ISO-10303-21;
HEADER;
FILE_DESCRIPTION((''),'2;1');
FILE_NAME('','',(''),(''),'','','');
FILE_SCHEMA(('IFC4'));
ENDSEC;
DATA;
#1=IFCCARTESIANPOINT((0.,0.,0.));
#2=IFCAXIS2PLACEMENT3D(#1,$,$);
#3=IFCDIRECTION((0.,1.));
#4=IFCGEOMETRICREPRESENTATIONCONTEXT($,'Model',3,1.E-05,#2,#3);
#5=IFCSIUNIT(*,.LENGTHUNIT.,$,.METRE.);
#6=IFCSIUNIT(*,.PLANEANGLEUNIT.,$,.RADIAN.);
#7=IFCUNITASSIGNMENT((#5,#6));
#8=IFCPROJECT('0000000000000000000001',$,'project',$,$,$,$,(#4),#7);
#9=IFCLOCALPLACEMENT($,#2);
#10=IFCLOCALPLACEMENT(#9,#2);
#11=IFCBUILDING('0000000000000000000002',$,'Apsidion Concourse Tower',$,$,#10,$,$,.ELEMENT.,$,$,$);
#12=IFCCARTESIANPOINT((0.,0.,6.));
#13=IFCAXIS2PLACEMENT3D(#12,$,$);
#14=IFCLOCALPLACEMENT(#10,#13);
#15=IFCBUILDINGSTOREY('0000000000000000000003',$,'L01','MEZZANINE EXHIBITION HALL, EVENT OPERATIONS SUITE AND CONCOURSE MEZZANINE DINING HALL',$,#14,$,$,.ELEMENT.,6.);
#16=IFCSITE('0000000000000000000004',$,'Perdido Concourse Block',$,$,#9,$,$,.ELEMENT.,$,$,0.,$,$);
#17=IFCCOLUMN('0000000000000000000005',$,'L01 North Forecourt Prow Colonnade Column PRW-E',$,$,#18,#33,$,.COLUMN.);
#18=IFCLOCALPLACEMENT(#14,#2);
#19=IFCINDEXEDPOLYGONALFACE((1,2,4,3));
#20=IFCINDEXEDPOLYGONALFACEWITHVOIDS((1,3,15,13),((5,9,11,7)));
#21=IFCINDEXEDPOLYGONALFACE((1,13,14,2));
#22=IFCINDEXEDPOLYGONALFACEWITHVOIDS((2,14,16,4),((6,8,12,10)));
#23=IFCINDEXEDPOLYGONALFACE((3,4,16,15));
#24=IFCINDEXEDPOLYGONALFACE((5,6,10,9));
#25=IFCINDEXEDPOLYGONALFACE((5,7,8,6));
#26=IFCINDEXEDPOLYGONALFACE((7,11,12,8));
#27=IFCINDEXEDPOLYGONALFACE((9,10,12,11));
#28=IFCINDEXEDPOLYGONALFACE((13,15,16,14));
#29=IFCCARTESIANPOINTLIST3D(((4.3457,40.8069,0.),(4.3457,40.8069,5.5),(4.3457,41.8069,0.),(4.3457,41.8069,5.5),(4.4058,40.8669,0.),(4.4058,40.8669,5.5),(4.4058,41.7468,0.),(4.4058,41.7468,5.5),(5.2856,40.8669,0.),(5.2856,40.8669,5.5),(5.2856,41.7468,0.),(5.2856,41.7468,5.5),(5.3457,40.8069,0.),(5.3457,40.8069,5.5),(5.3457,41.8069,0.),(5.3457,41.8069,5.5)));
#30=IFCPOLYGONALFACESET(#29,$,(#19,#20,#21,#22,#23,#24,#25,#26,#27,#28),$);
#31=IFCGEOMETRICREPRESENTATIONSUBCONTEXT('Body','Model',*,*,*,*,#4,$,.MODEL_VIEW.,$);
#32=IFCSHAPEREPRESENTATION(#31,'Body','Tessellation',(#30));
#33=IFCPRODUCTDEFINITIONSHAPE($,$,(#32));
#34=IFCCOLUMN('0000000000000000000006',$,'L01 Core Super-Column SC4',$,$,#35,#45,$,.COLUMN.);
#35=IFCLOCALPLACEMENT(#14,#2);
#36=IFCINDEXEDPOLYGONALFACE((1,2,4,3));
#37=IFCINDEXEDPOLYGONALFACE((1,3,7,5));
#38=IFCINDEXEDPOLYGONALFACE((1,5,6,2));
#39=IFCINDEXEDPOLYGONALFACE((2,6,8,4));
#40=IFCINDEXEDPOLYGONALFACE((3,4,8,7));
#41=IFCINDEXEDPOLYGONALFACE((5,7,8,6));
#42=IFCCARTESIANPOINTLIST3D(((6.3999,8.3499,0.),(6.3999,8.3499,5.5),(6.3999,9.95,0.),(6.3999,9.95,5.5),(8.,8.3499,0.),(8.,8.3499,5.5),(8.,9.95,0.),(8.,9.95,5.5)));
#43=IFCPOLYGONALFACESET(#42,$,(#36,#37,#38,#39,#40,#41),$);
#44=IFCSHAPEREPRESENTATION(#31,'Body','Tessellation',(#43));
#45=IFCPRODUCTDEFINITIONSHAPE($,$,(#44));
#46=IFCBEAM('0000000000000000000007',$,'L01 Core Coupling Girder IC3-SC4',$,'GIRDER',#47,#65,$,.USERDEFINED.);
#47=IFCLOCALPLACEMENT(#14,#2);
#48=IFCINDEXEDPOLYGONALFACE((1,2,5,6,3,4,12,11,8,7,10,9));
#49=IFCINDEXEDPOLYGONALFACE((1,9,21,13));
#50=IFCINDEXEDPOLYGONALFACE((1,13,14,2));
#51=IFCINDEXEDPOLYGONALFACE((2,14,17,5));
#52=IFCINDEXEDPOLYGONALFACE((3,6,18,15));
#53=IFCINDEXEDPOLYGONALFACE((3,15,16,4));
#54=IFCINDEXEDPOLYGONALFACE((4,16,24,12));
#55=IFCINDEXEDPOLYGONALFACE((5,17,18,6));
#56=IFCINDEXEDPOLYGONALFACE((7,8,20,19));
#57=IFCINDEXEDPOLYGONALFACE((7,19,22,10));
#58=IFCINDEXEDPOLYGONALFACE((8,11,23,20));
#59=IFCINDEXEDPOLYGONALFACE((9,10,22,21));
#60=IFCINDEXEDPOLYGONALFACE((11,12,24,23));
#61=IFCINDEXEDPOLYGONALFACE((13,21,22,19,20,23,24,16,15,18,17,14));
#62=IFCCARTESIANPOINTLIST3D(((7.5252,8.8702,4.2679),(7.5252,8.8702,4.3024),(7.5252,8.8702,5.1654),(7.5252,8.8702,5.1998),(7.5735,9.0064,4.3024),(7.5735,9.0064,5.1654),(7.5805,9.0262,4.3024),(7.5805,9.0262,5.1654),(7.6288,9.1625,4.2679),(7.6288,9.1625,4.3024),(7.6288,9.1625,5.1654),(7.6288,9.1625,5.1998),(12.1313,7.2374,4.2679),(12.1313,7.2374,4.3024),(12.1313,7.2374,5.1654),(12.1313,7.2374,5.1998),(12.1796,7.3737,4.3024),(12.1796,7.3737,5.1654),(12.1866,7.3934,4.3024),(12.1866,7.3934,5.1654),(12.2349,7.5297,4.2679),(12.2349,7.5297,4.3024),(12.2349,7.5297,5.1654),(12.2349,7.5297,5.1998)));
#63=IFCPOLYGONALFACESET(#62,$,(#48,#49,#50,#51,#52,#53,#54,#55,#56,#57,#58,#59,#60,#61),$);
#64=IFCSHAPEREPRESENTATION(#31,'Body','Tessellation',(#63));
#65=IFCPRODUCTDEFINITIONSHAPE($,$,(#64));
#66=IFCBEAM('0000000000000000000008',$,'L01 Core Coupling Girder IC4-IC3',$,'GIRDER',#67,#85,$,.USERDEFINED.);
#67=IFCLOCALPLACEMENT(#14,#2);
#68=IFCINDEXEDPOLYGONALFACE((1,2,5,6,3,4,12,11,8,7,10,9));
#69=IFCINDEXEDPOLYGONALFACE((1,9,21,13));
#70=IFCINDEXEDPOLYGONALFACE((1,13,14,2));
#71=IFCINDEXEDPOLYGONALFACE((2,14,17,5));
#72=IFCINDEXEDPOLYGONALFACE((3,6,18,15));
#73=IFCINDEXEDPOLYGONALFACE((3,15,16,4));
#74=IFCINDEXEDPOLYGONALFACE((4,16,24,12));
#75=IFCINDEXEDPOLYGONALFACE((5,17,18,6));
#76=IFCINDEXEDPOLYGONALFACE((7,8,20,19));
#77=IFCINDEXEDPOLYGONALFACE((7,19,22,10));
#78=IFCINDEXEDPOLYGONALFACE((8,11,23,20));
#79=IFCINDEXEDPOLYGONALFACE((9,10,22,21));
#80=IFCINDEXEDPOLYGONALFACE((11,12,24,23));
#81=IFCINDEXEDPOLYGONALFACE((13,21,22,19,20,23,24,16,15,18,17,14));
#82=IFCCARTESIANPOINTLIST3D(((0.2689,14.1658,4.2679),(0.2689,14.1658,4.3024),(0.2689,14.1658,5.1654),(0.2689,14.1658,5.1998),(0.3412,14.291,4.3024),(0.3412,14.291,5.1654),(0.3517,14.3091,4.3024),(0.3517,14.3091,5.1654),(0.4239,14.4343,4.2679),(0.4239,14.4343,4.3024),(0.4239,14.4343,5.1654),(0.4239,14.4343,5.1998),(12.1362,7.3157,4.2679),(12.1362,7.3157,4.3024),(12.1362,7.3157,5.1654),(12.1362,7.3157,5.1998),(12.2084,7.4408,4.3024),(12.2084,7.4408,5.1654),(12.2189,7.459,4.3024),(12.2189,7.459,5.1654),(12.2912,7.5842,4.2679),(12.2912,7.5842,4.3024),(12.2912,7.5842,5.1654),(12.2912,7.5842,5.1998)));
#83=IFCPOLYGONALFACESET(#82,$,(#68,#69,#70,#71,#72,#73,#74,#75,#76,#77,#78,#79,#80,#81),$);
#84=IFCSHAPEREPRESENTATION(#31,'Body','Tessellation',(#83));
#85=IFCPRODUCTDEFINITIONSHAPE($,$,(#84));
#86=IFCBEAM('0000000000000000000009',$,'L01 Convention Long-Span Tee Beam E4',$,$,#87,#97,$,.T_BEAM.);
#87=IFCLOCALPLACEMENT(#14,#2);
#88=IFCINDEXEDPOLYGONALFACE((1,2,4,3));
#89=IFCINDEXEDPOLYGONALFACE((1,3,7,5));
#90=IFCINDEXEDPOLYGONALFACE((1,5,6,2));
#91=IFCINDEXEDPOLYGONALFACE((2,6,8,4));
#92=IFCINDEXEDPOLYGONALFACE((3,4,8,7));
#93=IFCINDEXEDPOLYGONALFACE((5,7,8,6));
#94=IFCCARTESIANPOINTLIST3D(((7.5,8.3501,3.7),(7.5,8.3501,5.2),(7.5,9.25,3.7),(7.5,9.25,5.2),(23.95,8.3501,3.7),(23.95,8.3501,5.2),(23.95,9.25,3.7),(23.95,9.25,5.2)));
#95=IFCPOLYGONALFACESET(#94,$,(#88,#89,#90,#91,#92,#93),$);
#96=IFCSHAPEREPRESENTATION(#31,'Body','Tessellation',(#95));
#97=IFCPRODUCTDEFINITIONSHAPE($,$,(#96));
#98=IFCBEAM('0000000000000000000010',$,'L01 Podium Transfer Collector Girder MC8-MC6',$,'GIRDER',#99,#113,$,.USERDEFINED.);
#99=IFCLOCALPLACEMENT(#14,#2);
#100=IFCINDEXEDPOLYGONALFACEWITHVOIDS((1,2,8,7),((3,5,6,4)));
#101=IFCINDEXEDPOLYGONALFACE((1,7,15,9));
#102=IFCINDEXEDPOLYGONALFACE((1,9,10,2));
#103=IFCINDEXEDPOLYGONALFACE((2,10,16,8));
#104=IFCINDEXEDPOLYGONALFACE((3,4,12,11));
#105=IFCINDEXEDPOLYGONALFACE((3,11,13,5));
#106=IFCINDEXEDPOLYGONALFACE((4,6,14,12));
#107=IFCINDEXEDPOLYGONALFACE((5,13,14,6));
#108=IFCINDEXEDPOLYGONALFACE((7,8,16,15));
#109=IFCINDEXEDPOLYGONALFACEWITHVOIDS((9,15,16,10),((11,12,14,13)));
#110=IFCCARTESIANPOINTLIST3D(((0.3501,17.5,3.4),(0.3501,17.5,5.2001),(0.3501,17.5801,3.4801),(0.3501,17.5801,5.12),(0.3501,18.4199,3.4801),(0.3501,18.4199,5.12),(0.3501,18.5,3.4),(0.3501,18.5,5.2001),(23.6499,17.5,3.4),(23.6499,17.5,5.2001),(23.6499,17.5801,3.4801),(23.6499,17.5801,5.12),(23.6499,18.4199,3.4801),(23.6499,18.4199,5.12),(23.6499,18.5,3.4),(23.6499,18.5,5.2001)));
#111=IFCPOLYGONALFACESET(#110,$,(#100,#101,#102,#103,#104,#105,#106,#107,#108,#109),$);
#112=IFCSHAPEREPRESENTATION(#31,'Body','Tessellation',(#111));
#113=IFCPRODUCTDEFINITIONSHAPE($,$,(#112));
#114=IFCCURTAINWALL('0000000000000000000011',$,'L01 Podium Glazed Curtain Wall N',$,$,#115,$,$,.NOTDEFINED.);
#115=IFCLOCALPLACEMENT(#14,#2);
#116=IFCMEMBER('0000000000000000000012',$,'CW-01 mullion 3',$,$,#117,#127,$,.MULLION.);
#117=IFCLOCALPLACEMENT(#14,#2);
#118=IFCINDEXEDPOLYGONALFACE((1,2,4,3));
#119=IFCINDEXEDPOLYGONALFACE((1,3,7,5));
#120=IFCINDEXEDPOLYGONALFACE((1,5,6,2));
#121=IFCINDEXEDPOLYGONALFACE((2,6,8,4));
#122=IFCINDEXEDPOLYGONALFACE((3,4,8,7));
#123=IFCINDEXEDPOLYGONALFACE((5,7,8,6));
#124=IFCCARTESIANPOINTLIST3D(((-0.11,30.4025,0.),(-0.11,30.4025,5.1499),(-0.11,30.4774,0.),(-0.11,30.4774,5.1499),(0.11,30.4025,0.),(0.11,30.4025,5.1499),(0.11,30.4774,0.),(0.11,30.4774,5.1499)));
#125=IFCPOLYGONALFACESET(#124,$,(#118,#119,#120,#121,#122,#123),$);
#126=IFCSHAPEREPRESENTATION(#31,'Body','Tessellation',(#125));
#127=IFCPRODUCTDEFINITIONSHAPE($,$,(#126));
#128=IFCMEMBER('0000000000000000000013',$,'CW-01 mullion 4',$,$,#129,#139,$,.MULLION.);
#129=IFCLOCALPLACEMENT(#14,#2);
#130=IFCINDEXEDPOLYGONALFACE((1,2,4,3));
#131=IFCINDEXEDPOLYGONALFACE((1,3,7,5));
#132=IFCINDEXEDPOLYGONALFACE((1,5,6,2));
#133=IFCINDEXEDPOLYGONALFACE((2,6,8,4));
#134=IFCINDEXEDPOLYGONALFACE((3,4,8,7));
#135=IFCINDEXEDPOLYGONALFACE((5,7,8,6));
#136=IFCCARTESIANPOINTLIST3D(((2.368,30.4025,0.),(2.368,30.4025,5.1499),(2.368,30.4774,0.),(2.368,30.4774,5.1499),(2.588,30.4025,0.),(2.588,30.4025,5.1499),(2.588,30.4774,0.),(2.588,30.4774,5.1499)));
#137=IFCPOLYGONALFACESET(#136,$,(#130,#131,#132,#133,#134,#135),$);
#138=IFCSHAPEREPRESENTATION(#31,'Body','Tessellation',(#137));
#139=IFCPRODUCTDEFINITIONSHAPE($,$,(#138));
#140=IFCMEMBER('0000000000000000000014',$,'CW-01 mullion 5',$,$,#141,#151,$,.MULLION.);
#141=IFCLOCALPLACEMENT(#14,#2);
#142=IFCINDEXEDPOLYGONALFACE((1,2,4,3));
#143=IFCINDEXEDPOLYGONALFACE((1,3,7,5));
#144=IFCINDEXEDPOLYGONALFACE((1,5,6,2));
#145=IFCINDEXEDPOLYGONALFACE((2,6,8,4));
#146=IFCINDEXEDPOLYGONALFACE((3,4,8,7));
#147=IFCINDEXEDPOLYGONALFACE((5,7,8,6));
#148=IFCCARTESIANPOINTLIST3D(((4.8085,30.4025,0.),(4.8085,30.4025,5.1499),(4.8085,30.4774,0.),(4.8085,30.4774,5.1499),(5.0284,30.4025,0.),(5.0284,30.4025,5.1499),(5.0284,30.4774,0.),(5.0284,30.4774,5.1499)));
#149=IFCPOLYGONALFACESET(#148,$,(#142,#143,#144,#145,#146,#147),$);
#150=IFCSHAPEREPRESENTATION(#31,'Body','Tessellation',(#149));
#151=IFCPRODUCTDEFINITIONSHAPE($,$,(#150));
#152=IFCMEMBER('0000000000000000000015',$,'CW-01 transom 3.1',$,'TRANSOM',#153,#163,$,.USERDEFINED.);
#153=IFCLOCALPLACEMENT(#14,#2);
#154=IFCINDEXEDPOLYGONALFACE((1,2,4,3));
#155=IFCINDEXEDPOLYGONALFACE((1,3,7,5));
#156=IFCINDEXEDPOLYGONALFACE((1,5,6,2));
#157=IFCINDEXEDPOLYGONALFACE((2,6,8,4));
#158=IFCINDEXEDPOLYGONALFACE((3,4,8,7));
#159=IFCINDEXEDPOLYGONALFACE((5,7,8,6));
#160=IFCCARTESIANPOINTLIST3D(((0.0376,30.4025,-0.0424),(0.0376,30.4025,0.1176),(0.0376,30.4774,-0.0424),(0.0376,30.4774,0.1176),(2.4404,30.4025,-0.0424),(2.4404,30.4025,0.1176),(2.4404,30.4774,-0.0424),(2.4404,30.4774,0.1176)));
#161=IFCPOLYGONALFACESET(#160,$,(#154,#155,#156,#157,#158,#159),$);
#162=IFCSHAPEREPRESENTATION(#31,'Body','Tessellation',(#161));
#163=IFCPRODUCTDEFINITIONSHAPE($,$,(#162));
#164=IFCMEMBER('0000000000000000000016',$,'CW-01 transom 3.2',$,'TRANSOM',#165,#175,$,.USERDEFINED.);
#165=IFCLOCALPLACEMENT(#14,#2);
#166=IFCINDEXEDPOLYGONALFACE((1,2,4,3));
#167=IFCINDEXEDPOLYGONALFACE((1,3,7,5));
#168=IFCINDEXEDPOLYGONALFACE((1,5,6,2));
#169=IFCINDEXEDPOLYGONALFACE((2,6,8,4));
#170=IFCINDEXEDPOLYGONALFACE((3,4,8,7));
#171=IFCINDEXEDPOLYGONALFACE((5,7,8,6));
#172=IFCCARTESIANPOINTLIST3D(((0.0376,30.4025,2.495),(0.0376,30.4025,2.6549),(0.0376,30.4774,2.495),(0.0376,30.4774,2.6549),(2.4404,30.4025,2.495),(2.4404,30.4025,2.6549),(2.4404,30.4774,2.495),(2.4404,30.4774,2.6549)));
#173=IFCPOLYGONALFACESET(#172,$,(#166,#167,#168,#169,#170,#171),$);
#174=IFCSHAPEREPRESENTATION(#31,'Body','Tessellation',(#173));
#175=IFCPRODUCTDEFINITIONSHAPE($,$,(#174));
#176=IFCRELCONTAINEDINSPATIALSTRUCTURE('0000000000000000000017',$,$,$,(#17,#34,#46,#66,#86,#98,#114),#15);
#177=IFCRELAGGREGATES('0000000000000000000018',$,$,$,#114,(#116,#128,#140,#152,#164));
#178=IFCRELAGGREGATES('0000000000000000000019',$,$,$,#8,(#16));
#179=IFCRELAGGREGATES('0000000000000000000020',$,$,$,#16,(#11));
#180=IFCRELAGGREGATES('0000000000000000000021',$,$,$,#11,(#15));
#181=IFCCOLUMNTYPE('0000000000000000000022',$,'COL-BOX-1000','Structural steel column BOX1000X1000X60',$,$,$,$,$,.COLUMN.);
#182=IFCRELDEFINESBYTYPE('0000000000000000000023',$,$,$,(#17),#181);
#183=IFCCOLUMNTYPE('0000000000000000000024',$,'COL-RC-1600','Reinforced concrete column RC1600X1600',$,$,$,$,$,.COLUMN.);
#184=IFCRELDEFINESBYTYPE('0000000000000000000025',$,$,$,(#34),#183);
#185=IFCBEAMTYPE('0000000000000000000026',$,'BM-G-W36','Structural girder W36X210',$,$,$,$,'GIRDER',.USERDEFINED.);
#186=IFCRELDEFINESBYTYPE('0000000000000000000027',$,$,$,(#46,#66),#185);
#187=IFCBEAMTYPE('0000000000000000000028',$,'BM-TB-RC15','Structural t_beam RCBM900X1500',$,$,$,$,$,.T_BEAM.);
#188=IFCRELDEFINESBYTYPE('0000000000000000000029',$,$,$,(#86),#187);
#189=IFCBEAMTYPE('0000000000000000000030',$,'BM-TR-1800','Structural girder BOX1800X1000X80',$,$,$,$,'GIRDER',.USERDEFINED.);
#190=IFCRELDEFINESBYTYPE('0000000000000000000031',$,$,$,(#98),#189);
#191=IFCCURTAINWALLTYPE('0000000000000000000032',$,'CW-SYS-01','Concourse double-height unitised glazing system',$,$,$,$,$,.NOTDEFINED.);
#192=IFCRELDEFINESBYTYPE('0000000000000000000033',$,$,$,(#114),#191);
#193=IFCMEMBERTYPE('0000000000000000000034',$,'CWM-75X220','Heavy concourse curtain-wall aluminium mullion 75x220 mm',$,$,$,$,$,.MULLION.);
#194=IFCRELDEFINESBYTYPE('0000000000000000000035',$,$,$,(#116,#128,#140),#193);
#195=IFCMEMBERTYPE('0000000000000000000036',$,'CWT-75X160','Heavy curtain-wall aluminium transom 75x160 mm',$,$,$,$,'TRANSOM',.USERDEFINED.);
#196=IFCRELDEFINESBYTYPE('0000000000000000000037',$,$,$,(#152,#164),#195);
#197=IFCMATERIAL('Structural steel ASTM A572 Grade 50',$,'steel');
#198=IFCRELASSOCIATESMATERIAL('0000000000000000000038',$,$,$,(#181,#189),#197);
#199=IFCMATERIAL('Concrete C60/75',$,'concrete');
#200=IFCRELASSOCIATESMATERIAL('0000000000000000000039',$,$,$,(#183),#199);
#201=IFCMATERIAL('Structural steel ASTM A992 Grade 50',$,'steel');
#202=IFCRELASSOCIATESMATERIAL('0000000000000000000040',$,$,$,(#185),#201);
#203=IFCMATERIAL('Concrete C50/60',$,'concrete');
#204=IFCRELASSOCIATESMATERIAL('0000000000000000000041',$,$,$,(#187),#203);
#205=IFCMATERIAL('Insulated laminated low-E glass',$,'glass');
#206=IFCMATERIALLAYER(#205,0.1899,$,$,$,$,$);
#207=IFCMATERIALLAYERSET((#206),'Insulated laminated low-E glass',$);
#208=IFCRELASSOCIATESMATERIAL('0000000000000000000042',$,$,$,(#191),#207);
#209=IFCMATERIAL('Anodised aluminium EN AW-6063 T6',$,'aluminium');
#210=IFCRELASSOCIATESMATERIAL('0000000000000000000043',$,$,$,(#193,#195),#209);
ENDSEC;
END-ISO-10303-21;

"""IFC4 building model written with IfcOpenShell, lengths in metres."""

from ifc_helpers import new_model, si_unit, direction, frame, origin, origin_2d, place, context, subcontext, project, spatial, rectangle, hollow_rectangle, i_section, extrude, material, layer, layer_set, material_profile, profile_set, type_object, element, aggregate, save


model = new_model("IFC4")

# Units and contexts
model_context = context("Model", 3, precision=1e-05, world=origin(), true_north=direction((0.0, 1.0)))
body_context = subcontext(model_context, "Body", "Model", "MODEL_VIEW")
ifc_project = project(units=[si_unit("LENGTHUNIT", "METRE"), si_unit("PLANEANGLEUNIT", "RADIAN")], contexts=[model_context])

# Site, building, storey
site_placement = place(None, origin())
site = spatial("IfcSite", under=ifc_project, at=site_placement, Name="Perdido Concourse Block", CompositionType="ELEMENT", RefElevation=0.0)
building_placement = place(site_placement, origin())
building = spatial("IfcBuilding", under=site, at=building_placement, Name="Apsidion Concourse Tower", CompositionType="ELEMENT")
storey_placement = place(building_placement, frame((0.0, 0.0, 6.0)))
storey = spatial("IfcBuildingStorey", under=building, at=storey_placement, Name="L01", Description="MEZZANINE EXHIBITION HALL, EVENT OPERATIONS SUITE AND CONCOURSE MEZZANINE DINING HALL", CompositionType="ELEMENT", Elevation=6.0)

# Columns
ifc_material_1 = material(Name="Structural steel ASTM A572 Grade 50", Category="steel")
ifc_material_profile_1 = material_profile(ifc_material_1, hollow_rectangle(XDim=1.0, YDim=1.0, WallThickness=0.0601, at=origin_2d()), Name="BOX1000X1000X60")
ifc_profile_set_1 = profile_set([ifc_material_profile_1], Name="Structural steel ASTM A572 Grade 50")
column_type_1 = type_object("IfcColumnType", Name="COL-BOX-1000", Description="Structural steel column BOX1000X1000X60", PredefinedType="COLUMN", material=ifc_profile_set_1)
column_1_placement = place(storey_placement, frame((4.8457, 41.3069, 0.0), z_axis=(0.0, 0.0, 1.0), x_axis=(1.0, 0.0, 0.0)))
element("IfcColumn", 1, at=column_1_placement, inside=storey, type_object=column_type_1, Name="L01 North Forecourt Prow Colonnade Column PRW-E", PredefinedType="COLUMN", context=body_context, shape_type="SweptSolid", body=[
    extrude(hollow_rectangle(XDim=1.0, YDim=1.0, WallThickness=0.0601, at=origin_2d()), origin(), (0.0, 0.0, 1.0), 5.5),
])
ifc_material_2 = material(Name="Concrete C60/75", Category="concrete")
ifc_material_profile_2 = material_profile(ifc_material_2, rectangle(XDim=1.6001, YDim=1.6001, at=origin_2d()), Name="RC 1600x1600")
ifc_profile_set_2 = profile_set([ifc_material_profile_2], Name="Concrete C60/75")
column_type_2 = type_object("IfcColumnType", Name="COL-RC-1600", Description="Reinforced concrete column RC1600X1600", PredefinedType="COLUMN", material=ifc_profile_set_2)
column_2_placement = place(storey_placement, frame((7.2, 9.1499, 0.0), z_axis=(0.0, 0.0, 1.0), x_axis=(1.0, 0.0, 0.0)))
element("IfcColumn", 2, at=column_2_placement, inside=storey, type_object=column_type_2, Name="L01 Core Super-Column SC4", PredefinedType="COLUMN", context=body_context, shape_type="SweptSolid", body=[
    extrude(rectangle(XDim=1.6001, YDim=1.6001, at=origin_2d()), origin(), (0.0, 0.0, 1.0), 5.5),
])

# Beams
ifc_material_3 = material(Name="Structural steel ASTM A992 Grade 50", Category="steel")
ifc_material_profile_3 = material_profile(ifc_material_3, i_section(OverallWidth=0.3101, OverallDepth=0.9319, WebThickness=0.021, FlangeThickness=0.0344, at=origin_2d()), Name="W36X210")
ifc_profile_set_3 = profile_set([ifc_material_profile_3], Name="Structural steel ASTM A992 Grade 50")
beam_type_1 = type_object("IfcBeamType", Name="BM-G-W36", Description="Structural girder W36X210", ElementType="GIRDER", PredefinedType="USERDEFINED", material=ifc_profile_set_3)
beam_1_placement = place(storey_placement, frame((12.1831, 7.3835, 4.7339), z_axis=(-0.942534, 0.334111, 0.0), x_axis=(-0.334111, -0.942534, 0.0)))
element("IfcBeam", 3, at=beam_1_placement, inside=storey, type_object=beam_type_1, Name="L01 Core Coupling Girder IC3-SC4", ObjectType="GIRDER", PredefinedType="USERDEFINED", context=body_context, shape_type="SweptSolid", body=[
    extrude(i_section(OverallWidth=0.3101, OverallDepth=0.9319, WebThickness=0.021, FlangeThickness=0.0344, at=origin_2d()), origin(), (0.0, 0.0, 1.0), 4.887),
])
beam_2_placement = place(storey_placement, frame((0.3464, 14.3, 4.7339), z_axis=(0.86607, -0.499922, 0.0), x_axis=(0.499922, 0.86607, 0.0)))
element("IfcBeam", 4, at=beam_2_placement, inside=storey, type_object=beam_type_1, Name="L01 Core Coupling Girder IC4-IC3", ObjectType="GIRDER", PredefinedType="USERDEFINED", context=body_context, shape_type="SweptSolid", body=[
    extrude(i_section(OverallWidth=0.3101, OverallDepth=0.9319, WebThickness=0.021, FlangeThickness=0.0344, at=origin_2d()), origin(), (0.0, 0.0, 1.0), 13.7024),
])
ifc_material_4 = material(Name="Concrete C50/60", Category="concrete")
ifc_material_profile_4 = material_profile(ifc_material_4, rectangle(XDim=0.8999, YDim=1.5, at=origin_2d()), Name="RC 900x1500")
ifc_profile_set_4 = profile_set([ifc_material_profile_4], Name="Concrete C50/60")
beam_type_2 = type_object("IfcBeamType", Name="BM-TB-RC15", Description="Structural t_beam RCBM900X1500", PredefinedType="T_BEAM", material=ifc_profile_set_4)
beam_3_placement = place(storey_placement, frame((7.5, 8.8, 4.45), z_axis=(1.0, 0.0, 0.0), x_axis=(0.0, 1.0, 0.0)))
element("IfcBeam", 5, at=beam_3_placement, inside=storey, type_object=beam_type_2, Name="L01 Convention Long-Span Tee Beam E4", PredefinedType="T_BEAM", context=body_context, shape_type="SweptSolid", body=[
    extrude(rectangle(XDim=0.8999, YDim=1.5, at=origin_2d()), origin(), (0.0, 0.0, 1.0), 16.45),
])
ifc_material_profile_5 = material_profile(ifc_material_1, hollow_rectangle(XDim=1.0, YDim=1.8, WallThickness=0.0801, at=origin_2d()), Name="BOX1800X1000X80")
ifc_profile_set_5 = profile_set([ifc_material_profile_5], Name="Structural steel ASTM A572 Grade 50")
beam_type_3 = type_object("IfcBeamType", Name="BM-TR-1800", Description="Structural girder BOX1800X1000X80", ElementType="GIRDER", PredefinedType="USERDEFINED", material=ifc_profile_set_5)
beam_4_placement = place(storey_placement, frame((0.3501, 18.0, 4.3), z_axis=(1.0, 0.0, 0.0), x_axis=(0.0, 1.0, 0.0)))
element("IfcBeam", 6, at=beam_4_placement, inside=storey, type_object=beam_type_3, Name="L01 Podium Transfer Collector Girder MC8-MC6", ObjectType="GIRDER", PredefinedType="USERDEFINED", context=body_context, shape_type="SweptSolid", body=[
    extrude(hollow_rectangle(XDim=1.0, YDim=1.8, WallThickness=0.0801, at=origin_2d()), origin(), (0.0, 0.0, 1.0), 23.2998),
])

# Curtain wall, members
ifc_material_5 = material(Name="Insulated laminated low-E glass", Category="glass")
ifc_layer_1 = layer(ifc_material_5, 0.1899)
ifc_layer_set_1 = layer_set([ifc_layer_1], Name="Insulated laminated low-E glass")
curtain_wall_type = type_object("IfcCurtainWallType", Name="CW-SYS-01", Description="Concourse double-height unitised glazing system", PredefinedType="NOTDEFINED", material=ifc_layer_set_1)
curtain_wall_placement = place(storey_placement, origin())
curtain_wall = element("IfcCurtainWall", 7, at=curtain_wall_placement, inside=storey, type_object=curtain_wall_type, Name="L01 Podium Glazed Curtain Wall N", PredefinedType="NOTDEFINED")
ifc_material_6 = material(Name="Anodised aluminium EN AW-6063 T6", Category="aluminium")
ifc_material_profile_6 = material_profile(ifc_material_6, rectangle(XDim=0.075, YDim=0.22, at=origin_2d()), Name="ALU MULLION 75x220")
ifc_profile_set_6 = profile_set([ifc_material_profile_6], Name="Anodised aluminium EN AW-6063 T6")
member_type_1 = type_object("IfcMemberType", Name="CWM-75X220", Description="Heavy concourse curtain-wall aluminium mullion 75x220 mm", PredefinedType="MULLION", material=ifc_profile_set_6)
member_1_placement = place(storey_placement, frame((0.0, 30.4399, 0.0), z_axis=(0.0, 0.0, 1.0), x_axis=(0.0, 1.0, 0.0)))
member_1 = element("IfcMember", 8, at=member_1_placement, type_object=member_type_1, Name="CW-01 mullion 3", PredefinedType="MULLION", context=body_context, shape_type="SweptSolid", body=[
    extrude(rectangle(XDim=0.075, YDim=0.22, at=origin_2d()), origin(), (0.0, 0.0, 1.0), 5.1499),
])
member_2_placement = place(storey_placement, frame((2.478, 30.4399, 0.0), z_axis=(0.0, 0.0, 1.0), x_axis=(0.0, 1.0, 0.0)))
member_2 = element("IfcMember", 9, at=member_2_placement, type_object=member_type_1, Name="CW-01 mullion 4", PredefinedType="MULLION", context=body_context, shape_type="SweptSolid", body=[
    extrude(rectangle(XDim=0.075, YDim=0.22, at=origin_2d()), origin(), (0.0, 0.0, 1.0), 5.1499),
])
member_3_placement = place(storey_placement, frame((4.9185, 30.4399, 0.0), z_axis=(0.0, 0.0, 1.0), x_axis=(0.0, 1.0, 0.0)))
member_3 = element("IfcMember", 10, at=member_3_placement, type_object=member_type_1, Name="CW-01 mullion 5", PredefinedType="MULLION", context=body_context, shape_type="SweptSolid", body=[
    extrude(rectangle(XDim=0.075, YDim=0.22, at=origin_2d()), origin(), (0.0, 0.0, 1.0), 5.1499),
])
ifc_material_profile_7 = material_profile(ifc_material_6, rectangle(XDim=0.075, YDim=0.1599, at=origin_2d()), Name="ALU TRANSOM 75x160")
ifc_profile_set_7 = profile_set([ifc_material_profile_7], Name="Anodised aluminium EN AW-6063 T6")
member_type_2 = type_object("IfcMemberType", Name="CWT-75X160", Description="Heavy curtain-wall aluminium transom 75x160 mm", ElementType="TRANSOM", PredefinedType="USERDEFINED", material=ifc_profile_set_7)
member_4_placement = place(storey_placement, frame((0.0376, 30.4399, 0.0376), z_axis=(1.0, 0.0, 0.0), x_axis=(0.0, 1.0, 0.0)))
member_4 = element("IfcMember", 11, at=member_4_placement, type_object=member_type_2, Name="CW-01 transom 3.1", ObjectType="TRANSOM", PredefinedType="USERDEFINED", context=body_context, shape_type="SweptSolid", body=[
    extrude(rectangle(XDim=0.075, YDim=0.1599, at=origin_2d()), origin(), (0.0, 0.0, 1.0), 2.4028),
])
member_5_placement = place(storey_placement, frame((0.0376, 30.4399, 2.575), z_axis=(1.0, 0.0, 0.0), x_axis=(0.0, 1.0, 0.0)))
member_5 = element("IfcMember", 12, at=member_5_placement, type_object=member_type_2, Name="CW-01 transom 3.2", ObjectType="TRANSOM", PredefinedType="USERDEFINED", context=body_context, shape_type="SweptSolid", body=[
    extrude(rectangle(XDim=0.075, YDim=0.1599, at=origin_2d()), origin(), (0.0, 0.0, 1.0), 2.4028),
])
aggregate(curtain_wall, [member_1, member_2, member_3, member_4, member_5])

save(model, "model.ifc")
